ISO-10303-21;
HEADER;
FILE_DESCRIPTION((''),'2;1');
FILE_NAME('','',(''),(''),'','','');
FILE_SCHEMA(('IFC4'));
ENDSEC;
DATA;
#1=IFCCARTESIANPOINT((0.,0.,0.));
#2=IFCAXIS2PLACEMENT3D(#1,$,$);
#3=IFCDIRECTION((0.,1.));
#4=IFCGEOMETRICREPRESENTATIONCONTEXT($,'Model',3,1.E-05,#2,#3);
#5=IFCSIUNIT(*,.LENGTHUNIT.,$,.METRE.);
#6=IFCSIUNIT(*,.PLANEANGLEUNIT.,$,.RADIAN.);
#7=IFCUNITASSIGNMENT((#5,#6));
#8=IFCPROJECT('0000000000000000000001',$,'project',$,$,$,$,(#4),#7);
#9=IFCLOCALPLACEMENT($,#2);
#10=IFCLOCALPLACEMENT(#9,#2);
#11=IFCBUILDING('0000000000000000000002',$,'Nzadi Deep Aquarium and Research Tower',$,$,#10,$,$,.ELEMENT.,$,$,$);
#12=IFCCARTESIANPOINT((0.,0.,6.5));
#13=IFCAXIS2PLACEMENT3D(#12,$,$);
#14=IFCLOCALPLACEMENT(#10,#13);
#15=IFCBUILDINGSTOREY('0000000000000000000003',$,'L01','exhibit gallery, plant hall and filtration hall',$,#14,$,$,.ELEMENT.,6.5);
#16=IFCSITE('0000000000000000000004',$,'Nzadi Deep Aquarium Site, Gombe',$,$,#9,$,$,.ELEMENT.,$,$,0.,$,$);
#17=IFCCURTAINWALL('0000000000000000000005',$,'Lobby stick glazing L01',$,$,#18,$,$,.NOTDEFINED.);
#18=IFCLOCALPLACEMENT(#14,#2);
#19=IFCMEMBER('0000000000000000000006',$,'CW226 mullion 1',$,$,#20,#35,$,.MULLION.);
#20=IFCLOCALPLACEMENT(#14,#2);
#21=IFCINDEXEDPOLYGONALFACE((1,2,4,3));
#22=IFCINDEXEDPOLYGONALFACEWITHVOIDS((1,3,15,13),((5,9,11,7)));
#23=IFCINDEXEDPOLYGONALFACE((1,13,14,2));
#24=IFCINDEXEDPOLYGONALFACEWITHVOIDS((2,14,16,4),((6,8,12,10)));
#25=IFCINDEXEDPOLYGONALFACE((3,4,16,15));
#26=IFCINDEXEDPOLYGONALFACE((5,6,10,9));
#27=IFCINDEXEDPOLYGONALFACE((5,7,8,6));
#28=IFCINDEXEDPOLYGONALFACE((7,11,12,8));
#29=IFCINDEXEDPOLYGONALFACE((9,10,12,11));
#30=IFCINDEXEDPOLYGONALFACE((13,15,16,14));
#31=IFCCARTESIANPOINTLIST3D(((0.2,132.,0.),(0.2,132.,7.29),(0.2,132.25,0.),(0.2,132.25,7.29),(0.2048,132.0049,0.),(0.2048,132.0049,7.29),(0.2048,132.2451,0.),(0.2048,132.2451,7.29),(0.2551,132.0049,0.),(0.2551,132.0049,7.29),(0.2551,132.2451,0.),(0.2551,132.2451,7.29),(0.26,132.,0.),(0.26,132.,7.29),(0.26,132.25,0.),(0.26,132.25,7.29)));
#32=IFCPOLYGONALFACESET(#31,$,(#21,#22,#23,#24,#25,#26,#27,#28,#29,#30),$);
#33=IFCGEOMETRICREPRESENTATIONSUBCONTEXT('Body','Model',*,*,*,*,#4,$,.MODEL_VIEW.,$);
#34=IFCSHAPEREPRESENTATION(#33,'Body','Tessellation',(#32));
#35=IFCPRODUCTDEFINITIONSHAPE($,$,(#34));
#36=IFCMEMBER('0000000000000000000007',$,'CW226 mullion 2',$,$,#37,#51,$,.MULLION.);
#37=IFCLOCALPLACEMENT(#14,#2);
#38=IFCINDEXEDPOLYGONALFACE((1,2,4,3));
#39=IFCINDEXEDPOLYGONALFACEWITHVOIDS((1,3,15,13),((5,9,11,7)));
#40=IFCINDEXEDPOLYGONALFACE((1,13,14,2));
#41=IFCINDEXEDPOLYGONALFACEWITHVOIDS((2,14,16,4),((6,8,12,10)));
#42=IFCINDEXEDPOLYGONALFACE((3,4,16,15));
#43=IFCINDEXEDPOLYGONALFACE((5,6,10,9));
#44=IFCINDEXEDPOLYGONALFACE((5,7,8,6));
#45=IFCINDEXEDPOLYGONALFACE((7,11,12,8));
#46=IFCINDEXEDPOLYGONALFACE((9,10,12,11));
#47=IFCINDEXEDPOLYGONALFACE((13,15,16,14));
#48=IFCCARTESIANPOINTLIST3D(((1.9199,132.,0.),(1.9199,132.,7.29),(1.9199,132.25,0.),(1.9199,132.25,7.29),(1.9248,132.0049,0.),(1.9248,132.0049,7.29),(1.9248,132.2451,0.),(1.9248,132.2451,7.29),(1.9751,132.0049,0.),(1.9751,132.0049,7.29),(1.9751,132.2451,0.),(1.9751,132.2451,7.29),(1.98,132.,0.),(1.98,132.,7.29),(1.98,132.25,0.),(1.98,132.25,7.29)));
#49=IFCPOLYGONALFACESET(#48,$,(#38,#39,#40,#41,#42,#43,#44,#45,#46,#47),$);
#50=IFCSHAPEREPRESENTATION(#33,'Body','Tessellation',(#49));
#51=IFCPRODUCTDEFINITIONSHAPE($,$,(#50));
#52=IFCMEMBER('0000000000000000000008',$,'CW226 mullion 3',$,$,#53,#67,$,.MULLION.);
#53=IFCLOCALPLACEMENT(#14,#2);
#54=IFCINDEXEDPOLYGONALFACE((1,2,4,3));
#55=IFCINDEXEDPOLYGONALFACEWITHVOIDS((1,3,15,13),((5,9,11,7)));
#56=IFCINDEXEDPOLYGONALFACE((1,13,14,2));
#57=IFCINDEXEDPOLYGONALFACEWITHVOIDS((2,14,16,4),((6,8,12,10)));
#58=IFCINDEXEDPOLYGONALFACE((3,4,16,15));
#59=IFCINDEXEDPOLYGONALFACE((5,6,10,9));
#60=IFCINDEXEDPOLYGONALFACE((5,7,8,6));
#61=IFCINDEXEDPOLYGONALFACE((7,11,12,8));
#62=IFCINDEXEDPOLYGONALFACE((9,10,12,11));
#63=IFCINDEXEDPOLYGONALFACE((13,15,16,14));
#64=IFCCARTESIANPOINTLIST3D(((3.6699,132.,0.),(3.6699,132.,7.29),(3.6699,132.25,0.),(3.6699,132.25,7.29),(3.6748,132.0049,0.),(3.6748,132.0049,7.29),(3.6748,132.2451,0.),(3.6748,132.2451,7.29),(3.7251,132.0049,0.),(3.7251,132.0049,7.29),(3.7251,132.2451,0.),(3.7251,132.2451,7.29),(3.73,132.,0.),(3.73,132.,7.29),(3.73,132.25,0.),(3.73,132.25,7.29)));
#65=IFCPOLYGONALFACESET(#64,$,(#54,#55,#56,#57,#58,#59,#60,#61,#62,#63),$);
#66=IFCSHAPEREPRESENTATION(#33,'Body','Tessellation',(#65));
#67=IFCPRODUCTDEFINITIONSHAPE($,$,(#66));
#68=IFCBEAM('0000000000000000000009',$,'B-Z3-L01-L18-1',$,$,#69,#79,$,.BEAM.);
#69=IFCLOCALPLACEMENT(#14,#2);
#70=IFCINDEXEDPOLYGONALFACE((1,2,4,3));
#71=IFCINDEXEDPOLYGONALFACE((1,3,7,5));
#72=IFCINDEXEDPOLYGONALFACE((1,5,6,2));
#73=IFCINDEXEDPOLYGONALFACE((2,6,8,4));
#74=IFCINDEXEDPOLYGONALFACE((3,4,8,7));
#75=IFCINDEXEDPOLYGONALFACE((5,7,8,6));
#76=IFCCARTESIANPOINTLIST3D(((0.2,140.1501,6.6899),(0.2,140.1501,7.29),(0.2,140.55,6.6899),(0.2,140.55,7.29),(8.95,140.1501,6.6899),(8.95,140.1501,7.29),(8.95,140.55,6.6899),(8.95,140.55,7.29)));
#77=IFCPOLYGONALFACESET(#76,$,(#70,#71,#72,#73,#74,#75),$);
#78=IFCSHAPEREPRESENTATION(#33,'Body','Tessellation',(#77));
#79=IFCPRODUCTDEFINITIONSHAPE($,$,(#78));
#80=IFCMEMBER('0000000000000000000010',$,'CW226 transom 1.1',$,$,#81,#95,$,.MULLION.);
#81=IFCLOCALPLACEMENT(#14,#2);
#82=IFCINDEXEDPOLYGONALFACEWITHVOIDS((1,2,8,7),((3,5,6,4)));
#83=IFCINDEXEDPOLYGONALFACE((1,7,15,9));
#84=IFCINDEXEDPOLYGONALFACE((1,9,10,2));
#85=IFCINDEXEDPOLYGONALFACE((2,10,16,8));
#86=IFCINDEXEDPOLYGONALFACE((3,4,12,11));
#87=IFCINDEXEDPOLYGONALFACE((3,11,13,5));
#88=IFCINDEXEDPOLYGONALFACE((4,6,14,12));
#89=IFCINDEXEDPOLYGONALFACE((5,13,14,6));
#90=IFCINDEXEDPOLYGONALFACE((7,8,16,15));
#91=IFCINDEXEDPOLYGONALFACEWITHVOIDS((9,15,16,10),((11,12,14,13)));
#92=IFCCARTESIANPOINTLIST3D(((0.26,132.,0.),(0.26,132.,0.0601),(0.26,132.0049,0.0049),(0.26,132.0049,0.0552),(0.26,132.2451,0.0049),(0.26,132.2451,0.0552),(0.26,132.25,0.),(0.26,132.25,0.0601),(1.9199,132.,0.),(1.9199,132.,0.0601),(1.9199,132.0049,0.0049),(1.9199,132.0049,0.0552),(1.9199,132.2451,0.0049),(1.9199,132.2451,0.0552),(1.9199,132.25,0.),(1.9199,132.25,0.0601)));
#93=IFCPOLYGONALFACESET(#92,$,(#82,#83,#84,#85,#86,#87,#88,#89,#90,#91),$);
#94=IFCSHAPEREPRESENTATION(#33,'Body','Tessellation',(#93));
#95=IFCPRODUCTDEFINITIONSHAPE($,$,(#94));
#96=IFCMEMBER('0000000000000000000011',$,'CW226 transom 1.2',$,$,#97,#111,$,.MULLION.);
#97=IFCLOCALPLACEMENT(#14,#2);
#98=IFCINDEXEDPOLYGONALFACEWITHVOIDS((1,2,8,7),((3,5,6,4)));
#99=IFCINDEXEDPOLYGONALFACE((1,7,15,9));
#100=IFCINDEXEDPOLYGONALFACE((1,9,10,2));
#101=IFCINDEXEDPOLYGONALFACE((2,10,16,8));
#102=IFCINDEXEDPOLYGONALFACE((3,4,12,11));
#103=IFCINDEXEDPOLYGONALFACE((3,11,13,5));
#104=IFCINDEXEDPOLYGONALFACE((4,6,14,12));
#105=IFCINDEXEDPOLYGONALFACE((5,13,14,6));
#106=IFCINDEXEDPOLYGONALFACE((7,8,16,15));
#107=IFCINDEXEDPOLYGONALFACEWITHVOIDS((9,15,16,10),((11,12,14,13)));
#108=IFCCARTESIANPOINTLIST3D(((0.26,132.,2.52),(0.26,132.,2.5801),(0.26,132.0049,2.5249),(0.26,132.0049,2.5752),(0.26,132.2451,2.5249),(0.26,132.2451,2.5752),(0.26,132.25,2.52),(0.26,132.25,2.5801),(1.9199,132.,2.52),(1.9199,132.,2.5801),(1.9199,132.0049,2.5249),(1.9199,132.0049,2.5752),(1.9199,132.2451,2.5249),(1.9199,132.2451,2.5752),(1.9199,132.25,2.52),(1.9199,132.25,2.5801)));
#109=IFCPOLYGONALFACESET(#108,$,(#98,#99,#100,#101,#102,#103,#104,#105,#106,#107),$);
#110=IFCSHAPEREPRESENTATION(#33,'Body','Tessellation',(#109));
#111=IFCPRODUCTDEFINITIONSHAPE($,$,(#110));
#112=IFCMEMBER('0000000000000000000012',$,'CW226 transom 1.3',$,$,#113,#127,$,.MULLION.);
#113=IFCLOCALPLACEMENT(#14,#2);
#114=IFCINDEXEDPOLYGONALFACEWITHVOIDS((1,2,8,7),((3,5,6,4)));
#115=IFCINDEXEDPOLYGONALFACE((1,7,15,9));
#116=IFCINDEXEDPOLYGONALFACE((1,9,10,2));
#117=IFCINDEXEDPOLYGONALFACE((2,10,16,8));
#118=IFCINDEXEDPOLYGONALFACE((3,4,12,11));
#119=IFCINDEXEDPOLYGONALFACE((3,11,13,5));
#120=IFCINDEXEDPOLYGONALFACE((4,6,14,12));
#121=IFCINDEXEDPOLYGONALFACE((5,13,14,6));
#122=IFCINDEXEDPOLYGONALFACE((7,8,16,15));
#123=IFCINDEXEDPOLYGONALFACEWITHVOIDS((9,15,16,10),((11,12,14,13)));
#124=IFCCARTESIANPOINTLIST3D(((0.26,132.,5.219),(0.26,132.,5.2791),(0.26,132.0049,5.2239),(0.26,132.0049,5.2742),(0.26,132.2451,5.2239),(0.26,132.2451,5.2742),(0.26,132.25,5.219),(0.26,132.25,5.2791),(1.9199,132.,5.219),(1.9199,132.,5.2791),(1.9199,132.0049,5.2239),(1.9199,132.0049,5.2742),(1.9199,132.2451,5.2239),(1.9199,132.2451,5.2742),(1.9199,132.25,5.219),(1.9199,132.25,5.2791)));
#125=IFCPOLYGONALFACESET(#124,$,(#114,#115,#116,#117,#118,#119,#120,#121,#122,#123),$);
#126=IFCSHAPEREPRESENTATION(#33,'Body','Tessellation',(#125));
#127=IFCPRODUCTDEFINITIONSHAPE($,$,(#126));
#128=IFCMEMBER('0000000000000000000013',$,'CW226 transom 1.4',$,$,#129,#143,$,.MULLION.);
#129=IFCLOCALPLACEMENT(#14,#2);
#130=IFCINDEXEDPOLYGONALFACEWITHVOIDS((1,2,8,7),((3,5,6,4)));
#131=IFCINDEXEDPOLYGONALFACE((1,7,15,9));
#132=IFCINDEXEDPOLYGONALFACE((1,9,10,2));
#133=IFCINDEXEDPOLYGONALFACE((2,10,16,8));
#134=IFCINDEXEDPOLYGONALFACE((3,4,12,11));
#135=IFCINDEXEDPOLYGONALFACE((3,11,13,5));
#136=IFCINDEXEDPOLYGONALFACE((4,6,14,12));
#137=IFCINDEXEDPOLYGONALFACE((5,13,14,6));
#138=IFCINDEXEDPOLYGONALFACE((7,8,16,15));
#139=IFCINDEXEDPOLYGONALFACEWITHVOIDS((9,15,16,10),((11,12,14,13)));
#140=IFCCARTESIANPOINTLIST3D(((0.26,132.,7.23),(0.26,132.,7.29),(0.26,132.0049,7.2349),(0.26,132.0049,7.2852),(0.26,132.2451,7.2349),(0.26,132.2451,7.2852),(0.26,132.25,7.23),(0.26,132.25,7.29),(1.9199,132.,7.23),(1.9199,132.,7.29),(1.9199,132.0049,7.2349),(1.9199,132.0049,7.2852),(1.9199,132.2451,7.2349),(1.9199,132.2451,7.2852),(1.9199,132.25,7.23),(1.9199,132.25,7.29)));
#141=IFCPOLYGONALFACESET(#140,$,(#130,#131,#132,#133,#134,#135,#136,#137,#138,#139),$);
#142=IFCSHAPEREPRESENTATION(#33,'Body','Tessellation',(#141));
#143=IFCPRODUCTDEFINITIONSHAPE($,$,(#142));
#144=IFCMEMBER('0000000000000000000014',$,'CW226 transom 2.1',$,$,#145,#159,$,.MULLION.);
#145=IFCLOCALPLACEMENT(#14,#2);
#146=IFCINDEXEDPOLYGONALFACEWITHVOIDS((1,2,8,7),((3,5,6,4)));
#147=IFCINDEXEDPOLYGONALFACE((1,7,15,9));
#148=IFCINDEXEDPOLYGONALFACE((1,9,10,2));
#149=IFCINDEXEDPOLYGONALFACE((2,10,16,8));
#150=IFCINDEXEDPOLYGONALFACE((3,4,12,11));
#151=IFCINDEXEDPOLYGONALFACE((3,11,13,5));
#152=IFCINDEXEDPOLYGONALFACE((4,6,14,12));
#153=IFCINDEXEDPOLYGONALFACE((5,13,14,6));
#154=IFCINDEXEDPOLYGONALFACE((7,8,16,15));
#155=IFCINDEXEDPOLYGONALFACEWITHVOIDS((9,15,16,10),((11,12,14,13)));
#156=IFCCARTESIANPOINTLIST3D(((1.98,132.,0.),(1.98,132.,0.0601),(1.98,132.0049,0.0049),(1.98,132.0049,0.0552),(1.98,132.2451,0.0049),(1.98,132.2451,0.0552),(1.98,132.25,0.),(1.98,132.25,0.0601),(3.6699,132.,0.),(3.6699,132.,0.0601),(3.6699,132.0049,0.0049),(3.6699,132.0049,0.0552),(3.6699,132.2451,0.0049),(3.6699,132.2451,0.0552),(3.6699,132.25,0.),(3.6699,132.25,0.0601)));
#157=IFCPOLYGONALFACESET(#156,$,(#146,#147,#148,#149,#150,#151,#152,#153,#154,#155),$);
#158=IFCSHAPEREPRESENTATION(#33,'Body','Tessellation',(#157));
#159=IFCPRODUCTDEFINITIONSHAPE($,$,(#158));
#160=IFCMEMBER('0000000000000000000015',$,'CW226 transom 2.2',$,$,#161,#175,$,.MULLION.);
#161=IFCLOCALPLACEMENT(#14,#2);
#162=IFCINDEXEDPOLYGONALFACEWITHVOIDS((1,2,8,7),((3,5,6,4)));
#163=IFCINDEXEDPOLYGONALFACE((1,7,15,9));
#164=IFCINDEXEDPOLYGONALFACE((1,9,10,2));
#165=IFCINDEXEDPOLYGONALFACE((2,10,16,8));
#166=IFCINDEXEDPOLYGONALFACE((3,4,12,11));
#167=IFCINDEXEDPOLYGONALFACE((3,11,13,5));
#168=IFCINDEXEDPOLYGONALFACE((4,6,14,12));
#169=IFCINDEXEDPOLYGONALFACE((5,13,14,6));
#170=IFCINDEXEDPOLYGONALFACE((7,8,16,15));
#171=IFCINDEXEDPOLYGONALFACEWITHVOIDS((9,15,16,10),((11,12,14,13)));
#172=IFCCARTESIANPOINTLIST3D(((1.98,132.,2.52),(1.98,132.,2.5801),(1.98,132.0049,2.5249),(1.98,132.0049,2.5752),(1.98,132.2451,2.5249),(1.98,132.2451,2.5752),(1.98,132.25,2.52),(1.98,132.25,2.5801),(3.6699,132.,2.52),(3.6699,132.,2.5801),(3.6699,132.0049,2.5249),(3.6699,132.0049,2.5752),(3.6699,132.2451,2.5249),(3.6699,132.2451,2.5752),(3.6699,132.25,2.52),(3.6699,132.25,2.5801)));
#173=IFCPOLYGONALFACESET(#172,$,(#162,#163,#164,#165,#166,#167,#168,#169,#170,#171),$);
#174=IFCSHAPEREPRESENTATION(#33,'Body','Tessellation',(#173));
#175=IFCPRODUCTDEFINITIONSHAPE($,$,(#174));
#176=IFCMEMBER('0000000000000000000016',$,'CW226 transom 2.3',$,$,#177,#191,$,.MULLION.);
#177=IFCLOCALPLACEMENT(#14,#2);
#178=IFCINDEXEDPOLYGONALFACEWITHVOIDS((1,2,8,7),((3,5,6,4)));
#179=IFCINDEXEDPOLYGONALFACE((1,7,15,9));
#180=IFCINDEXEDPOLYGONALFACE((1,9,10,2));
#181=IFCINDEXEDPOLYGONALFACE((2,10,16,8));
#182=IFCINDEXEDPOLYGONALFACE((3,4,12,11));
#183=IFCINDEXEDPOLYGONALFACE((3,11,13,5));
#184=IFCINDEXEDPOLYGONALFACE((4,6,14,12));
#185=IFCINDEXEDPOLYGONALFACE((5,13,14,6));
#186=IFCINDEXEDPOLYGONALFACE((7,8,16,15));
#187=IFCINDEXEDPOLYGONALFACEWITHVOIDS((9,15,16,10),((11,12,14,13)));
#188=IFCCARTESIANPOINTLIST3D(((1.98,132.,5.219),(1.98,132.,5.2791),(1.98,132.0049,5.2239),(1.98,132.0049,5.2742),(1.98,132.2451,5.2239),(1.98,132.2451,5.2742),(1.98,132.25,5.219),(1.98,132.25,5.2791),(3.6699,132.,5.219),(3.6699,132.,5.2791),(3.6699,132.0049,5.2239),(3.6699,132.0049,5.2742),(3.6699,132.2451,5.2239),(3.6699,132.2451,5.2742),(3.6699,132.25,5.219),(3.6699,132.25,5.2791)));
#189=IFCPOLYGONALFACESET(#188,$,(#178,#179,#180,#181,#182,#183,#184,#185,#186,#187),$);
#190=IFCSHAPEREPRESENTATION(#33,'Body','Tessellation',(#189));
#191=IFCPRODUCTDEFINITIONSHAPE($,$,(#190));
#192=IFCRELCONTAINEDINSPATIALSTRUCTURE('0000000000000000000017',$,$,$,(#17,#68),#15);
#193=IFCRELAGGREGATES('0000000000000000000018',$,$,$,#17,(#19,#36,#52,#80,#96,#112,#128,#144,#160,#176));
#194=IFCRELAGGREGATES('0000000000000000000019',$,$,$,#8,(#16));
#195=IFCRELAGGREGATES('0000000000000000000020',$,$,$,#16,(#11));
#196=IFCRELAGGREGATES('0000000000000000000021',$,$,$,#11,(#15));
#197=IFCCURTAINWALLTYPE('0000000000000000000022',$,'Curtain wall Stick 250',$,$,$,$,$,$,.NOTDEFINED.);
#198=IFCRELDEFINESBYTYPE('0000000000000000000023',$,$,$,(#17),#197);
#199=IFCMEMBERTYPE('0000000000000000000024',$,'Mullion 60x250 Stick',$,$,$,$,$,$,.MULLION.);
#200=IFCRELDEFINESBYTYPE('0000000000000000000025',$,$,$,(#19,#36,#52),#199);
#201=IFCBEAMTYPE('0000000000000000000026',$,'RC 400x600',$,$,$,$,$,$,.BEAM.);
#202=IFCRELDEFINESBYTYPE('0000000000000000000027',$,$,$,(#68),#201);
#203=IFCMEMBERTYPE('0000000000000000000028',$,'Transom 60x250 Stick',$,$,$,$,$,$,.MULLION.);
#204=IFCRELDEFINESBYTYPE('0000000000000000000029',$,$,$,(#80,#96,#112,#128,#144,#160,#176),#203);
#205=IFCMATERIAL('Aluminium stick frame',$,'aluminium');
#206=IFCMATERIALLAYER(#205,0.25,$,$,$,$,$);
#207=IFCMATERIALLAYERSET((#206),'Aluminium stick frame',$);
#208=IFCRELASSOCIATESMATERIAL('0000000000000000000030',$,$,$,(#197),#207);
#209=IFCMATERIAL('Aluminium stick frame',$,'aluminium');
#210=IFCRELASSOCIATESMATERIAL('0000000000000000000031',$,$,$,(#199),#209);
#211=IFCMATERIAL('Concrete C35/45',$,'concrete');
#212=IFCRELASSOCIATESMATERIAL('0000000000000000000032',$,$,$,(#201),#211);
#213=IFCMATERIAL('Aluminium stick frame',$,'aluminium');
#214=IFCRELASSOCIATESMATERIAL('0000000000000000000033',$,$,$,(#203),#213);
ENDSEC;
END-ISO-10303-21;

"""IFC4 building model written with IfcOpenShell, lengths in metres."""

from ifc_helpers import new_model, si_unit, direction, frame, origin, origin_2d, place, context, subcontext, project, spatial, rectangle, hollow_rectangle, extrude, material, layer, layer_set, material_profile, profile_set, type_object, element, aggregate, save


model = new_model("IFC4")

# Units and contexts
model_context = context("Model", 3, precision=1e-05, world=origin(), true_north=direction((0.0, 1.0)))
body_context = subcontext(model_context, "Body", "Model", "MODEL_VIEW")
ifc_project = project(units=[si_unit("LENGTHUNIT", "METRE"), si_unit("PLANEANGLEUNIT", "RADIAN")], contexts=[model_context])

# Site, building, storey
site_placement = place(None, origin())
site = spatial("IfcSite", under=ifc_project, at=site_placement, Name="Nzadi Deep Aquarium Site, Gombe", CompositionType="ELEMENT", RefElevation=0.0)
building_placement = place(site_placement, origin())
building = spatial("IfcBuilding", under=site, at=building_placement, Name="Nzadi Deep Aquarium and Research Tower", CompositionType="ELEMENT")
storey_placement = place(building_placement, frame((0.0, 0.0, 6.5)))
storey = spatial("IfcBuildingStorey", under=building, at=storey_placement, Name="L01", Description="exhibit gallery, plant hall and filtration hall", CompositionType="ELEMENT", Elevation=6.5)

# Curtain wall, members
ifc_material_1 = material(Name="Aluminium stick frame", Category="aluminium")
ifc_layer_1 = layer(ifc_material_1, 0.25)
ifc_layer_set_1 = layer_set([ifc_layer_1], Name="Aluminium stick frame")
curtain_wall_type = type_object("IfcCurtainWallType", Name="Curtain wall Stick 250", PredefinedType="NOTDEFINED", material=ifc_layer_set_1)
curtain_wall_placement = place(storey_placement, origin())
curtain_wall = element("IfcCurtainWall", 1, at=curtain_wall_placement, inside=storey, type_object=curtain_wall_type, Name="Lobby stick glazing L01", PredefinedType="NOTDEFINED")
ifc_material_2 = material(Name="Aluminium stick frame", Category="aluminium")
ifc_material_profile_1 = material_profile(ifc_material_2, hollow_rectangle(XDim=0.25, YDim=0.0601, WallThickness=0.0049, at=origin_2d()))
ifc_profile_set_1 = profile_set([ifc_material_profile_1], Name="Aluminium stick frame")
member_type_1 = type_object("IfcMemberType", Name="Mullion 60x250 Stick", PredefinedType="MULLION", material=ifc_profile_set_1)
member_1_placement = place(storey_placement, frame((0.23, 132.125, 0.0), z_axis=(0.0, 0.0, 1.0), x_axis=(0.0, 1.0, 0.0)))
member_1 = element("IfcMember", 2, at=member_1_placement, type_object=member_type_1, Name="CW226 mullion 1", PredefinedType="MULLION", context=body_context, shape_type="SweptSolid", body=[
    extrude(hollow_rectangle(XDim=0.25, YDim=0.0601, WallThickness=0.0049, at=origin_2d()), origin(), (0.0, 0.0, 1.0), 7.29),
])
member_2_placement = place(storey_placement, frame((1.95, 132.125, 0.0), z_axis=(0.0, 0.0, 1.0), x_axis=(0.0, 1.0, 0.0)))
member_2 = element("IfcMember", 3, at=member_2_placement, type_object=member_type_1, Name="CW226 mullion 2", PredefinedType="MULLION", context=body_context, shape_type="SweptSolid", body=[
    extrude(hollow_rectangle(XDim=0.25, YDim=0.0601, WallThickness=0.0049, at=origin_2d()), origin(), (0.0, 0.0, 1.0), 7.29),
])
member_3_placement = place(storey_placement, frame((3.7, 132.125, 0.0), z_axis=(0.0, 0.0, 1.0), x_axis=(0.0, 1.0, 0.0)))
member_3 = element("IfcMember", 4, at=member_3_placement, type_object=member_type_1, Name="CW226 mullion 3", PredefinedType="MULLION", context=body_context, shape_type="SweptSolid", body=[
    extrude(hollow_rectangle(XDim=0.25, YDim=0.0601, WallThickness=0.0049, at=origin_2d()), origin(), (0.0, 0.0, 1.0), 7.29),
])

# Beam
ifc_material_3 = material(Name="Concrete C35/45", Category="concrete")
ifc_material_profile_2 = material_profile(ifc_material_3, rectangle(XDim=0.3999, YDim=0.6001, at=origin_2d()))
ifc_profile_set_2 = profile_set([ifc_material_profile_2], Name="Concrete C35/45")
beam_type = type_object("IfcBeamType", Name="RC 400x600", PredefinedType="BEAM", material=ifc_profile_set_2)
beam_placement = place(storey_placement, frame((0.2, 140.3501, 6.99), z_axis=(1.0, 0.0, 0.0), x_axis=(0.0, 1.0, 0.0)))
element("IfcBeam", 5, at=beam_placement, inside=storey, type_object=beam_type, Name="B-Z3-L01-L18-1", PredefinedType="BEAM", context=body_context, shape_type="SweptSolid", body=[
    extrude(rectangle(XDim=0.3999, YDim=0.6001, at=origin_2d()), origin(), (0.0, 0.0, 1.0), 8.75),
])

# Members
ifc_material_4 = material(Name="Aluminium stick frame", Category="aluminium")
ifc_material_profile_3 = material_profile(ifc_material_4, hollow_rectangle(XDim=0.25, YDim=0.0601, WallThickness=0.0049, at=origin_2d()))
ifc_profile_set_3 = profile_set([ifc_material_profile_3], Name="Aluminium stick frame")
member_type_2 = type_object("IfcMemberType", Name="Transom 60x250 Stick", PredefinedType="MULLION", material=ifc_profile_set_3)
member_4_placement = place(storey_placement, frame((0.26, 132.125, 0.03), z_axis=(1.0, 0.0, 0.0), x_axis=(0.0, 1.0, 0.0)))
member_4 = element("IfcMember", 6, at=member_4_placement, type_object=member_type_2, Name="CW226 transom 1.1", PredefinedType="MULLION", context=body_context, shape_type="SweptSolid", body=[
    extrude(hollow_rectangle(XDim=0.25, YDim=0.0601, WallThickness=0.0049, at=origin_2d()), origin(), (0.0, 0.0, 1.0), 1.6599),
])
member_5_placement = place(storey_placement, frame((0.26, 132.125, 2.55), z_axis=(1.0, 0.0, 0.0), x_axis=(0.0, 1.0, 0.0)))
member_5 = element("IfcMember", 7, at=member_5_placement, type_object=member_type_2, Name="CW226 transom 1.2", PredefinedType="MULLION", context=body_context, shape_type="SweptSolid", body=[
    extrude(hollow_rectangle(XDim=0.25, YDim=0.0601, WallThickness=0.0049, at=origin_2d()), origin(), (0.0, 0.0, 1.0), 1.6599),
])
member_6_placement = place(storey_placement, frame((0.26, 132.125, 5.249), z_axis=(1.0, 0.0, 0.0), x_axis=(0.0, 1.0, 0.0)))
member_6 = element("IfcMember", 8, at=member_6_placement, type_object=member_type_2, Name="CW226 transom 1.3", PredefinedType="MULLION", context=body_context, shape_type="SweptSolid", body=[
    extrude(hollow_rectangle(XDim=0.25, YDim=0.0601, WallThickness=0.0049, at=origin_2d()), origin(), (0.0, 0.0, 1.0), 1.6599),
])
member_7_placement = place(storey_placement, frame((0.26, 132.125, 7.26), z_axis=(1.0, 0.0, 0.0), x_axis=(0.0, 1.0, 0.0)))
member_7 = element("IfcMember", 9, at=member_7_placement, type_object=member_type_2, Name="CW226 transom 1.4", PredefinedType="MULLION", context=body_context, shape_type="SweptSolid", body=[
    extrude(hollow_rectangle(XDim=0.25, YDim=0.0601, WallThickness=0.0049, at=origin_2d()), origin(), (0.0, 0.0, 1.0), 1.6599),
])
member_8_placement = place(storey_placement, frame((1.98, 132.125, 0.03), z_axis=(1.0, 0.0, 0.0), x_axis=(0.0, 1.0, 0.0)))
member_8 = element("IfcMember", 10, at=member_8_placement, type_object=member_type_2, Name="CW226 transom 2.1", PredefinedType="MULLION", context=body_context, shape_type="SweptSolid", body=[
    extrude(hollow_rectangle(XDim=0.25, YDim=0.0601, WallThickness=0.0049, at=origin_2d()), origin(), (0.0, 0.0, 1.0), 1.6899),
])
member_9_placement = place(storey_placement, frame((1.98, 132.125, 2.55), z_axis=(1.0, 0.0, 0.0), x_axis=(0.0, 1.0, 0.0)))
member_9 = element("IfcMember", 11, at=member_9_placement, type_object=member_type_2, Name="CW226 transom 2.2", PredefinedType="MULLION", context=body_context, shape_type="SweptSolid", body=[
    extrude(hollow_rectangle(XDim=0.25, YDim=0.0601, WallThickness=0.0049, at=origin_2d()), origin(), (0.0, 0.0, 1.0), 1.6899),
])
member_10_placement = place(storey_placement, frame((1.98, 132.125, 5.249), z_axis=(1.0, 0.0, 0.0), x_axis=(0.0, 1.0, 0.0)))
member_10 = element("IfcMember", 12, at=member_10_placement, type_object=member_type_2, Name="CW226 transom 2.3", PredefinedType="MULLION", context=body_context, shape_type="SweptSolid", body=[
    extrude(hollow_rectangle(XDim=0.25, YDim=0.0601, WallThickness=0.0049, at=origin_2d()), origin(), (0.0, 0.0, 1.0), 1.6899),
])

aggregate(curtain_wall, [member_1, member_2, member_3, member_4, member_5, member_6, member_7, member_8, member_9, member_10])

save(model, "model.ifc")
